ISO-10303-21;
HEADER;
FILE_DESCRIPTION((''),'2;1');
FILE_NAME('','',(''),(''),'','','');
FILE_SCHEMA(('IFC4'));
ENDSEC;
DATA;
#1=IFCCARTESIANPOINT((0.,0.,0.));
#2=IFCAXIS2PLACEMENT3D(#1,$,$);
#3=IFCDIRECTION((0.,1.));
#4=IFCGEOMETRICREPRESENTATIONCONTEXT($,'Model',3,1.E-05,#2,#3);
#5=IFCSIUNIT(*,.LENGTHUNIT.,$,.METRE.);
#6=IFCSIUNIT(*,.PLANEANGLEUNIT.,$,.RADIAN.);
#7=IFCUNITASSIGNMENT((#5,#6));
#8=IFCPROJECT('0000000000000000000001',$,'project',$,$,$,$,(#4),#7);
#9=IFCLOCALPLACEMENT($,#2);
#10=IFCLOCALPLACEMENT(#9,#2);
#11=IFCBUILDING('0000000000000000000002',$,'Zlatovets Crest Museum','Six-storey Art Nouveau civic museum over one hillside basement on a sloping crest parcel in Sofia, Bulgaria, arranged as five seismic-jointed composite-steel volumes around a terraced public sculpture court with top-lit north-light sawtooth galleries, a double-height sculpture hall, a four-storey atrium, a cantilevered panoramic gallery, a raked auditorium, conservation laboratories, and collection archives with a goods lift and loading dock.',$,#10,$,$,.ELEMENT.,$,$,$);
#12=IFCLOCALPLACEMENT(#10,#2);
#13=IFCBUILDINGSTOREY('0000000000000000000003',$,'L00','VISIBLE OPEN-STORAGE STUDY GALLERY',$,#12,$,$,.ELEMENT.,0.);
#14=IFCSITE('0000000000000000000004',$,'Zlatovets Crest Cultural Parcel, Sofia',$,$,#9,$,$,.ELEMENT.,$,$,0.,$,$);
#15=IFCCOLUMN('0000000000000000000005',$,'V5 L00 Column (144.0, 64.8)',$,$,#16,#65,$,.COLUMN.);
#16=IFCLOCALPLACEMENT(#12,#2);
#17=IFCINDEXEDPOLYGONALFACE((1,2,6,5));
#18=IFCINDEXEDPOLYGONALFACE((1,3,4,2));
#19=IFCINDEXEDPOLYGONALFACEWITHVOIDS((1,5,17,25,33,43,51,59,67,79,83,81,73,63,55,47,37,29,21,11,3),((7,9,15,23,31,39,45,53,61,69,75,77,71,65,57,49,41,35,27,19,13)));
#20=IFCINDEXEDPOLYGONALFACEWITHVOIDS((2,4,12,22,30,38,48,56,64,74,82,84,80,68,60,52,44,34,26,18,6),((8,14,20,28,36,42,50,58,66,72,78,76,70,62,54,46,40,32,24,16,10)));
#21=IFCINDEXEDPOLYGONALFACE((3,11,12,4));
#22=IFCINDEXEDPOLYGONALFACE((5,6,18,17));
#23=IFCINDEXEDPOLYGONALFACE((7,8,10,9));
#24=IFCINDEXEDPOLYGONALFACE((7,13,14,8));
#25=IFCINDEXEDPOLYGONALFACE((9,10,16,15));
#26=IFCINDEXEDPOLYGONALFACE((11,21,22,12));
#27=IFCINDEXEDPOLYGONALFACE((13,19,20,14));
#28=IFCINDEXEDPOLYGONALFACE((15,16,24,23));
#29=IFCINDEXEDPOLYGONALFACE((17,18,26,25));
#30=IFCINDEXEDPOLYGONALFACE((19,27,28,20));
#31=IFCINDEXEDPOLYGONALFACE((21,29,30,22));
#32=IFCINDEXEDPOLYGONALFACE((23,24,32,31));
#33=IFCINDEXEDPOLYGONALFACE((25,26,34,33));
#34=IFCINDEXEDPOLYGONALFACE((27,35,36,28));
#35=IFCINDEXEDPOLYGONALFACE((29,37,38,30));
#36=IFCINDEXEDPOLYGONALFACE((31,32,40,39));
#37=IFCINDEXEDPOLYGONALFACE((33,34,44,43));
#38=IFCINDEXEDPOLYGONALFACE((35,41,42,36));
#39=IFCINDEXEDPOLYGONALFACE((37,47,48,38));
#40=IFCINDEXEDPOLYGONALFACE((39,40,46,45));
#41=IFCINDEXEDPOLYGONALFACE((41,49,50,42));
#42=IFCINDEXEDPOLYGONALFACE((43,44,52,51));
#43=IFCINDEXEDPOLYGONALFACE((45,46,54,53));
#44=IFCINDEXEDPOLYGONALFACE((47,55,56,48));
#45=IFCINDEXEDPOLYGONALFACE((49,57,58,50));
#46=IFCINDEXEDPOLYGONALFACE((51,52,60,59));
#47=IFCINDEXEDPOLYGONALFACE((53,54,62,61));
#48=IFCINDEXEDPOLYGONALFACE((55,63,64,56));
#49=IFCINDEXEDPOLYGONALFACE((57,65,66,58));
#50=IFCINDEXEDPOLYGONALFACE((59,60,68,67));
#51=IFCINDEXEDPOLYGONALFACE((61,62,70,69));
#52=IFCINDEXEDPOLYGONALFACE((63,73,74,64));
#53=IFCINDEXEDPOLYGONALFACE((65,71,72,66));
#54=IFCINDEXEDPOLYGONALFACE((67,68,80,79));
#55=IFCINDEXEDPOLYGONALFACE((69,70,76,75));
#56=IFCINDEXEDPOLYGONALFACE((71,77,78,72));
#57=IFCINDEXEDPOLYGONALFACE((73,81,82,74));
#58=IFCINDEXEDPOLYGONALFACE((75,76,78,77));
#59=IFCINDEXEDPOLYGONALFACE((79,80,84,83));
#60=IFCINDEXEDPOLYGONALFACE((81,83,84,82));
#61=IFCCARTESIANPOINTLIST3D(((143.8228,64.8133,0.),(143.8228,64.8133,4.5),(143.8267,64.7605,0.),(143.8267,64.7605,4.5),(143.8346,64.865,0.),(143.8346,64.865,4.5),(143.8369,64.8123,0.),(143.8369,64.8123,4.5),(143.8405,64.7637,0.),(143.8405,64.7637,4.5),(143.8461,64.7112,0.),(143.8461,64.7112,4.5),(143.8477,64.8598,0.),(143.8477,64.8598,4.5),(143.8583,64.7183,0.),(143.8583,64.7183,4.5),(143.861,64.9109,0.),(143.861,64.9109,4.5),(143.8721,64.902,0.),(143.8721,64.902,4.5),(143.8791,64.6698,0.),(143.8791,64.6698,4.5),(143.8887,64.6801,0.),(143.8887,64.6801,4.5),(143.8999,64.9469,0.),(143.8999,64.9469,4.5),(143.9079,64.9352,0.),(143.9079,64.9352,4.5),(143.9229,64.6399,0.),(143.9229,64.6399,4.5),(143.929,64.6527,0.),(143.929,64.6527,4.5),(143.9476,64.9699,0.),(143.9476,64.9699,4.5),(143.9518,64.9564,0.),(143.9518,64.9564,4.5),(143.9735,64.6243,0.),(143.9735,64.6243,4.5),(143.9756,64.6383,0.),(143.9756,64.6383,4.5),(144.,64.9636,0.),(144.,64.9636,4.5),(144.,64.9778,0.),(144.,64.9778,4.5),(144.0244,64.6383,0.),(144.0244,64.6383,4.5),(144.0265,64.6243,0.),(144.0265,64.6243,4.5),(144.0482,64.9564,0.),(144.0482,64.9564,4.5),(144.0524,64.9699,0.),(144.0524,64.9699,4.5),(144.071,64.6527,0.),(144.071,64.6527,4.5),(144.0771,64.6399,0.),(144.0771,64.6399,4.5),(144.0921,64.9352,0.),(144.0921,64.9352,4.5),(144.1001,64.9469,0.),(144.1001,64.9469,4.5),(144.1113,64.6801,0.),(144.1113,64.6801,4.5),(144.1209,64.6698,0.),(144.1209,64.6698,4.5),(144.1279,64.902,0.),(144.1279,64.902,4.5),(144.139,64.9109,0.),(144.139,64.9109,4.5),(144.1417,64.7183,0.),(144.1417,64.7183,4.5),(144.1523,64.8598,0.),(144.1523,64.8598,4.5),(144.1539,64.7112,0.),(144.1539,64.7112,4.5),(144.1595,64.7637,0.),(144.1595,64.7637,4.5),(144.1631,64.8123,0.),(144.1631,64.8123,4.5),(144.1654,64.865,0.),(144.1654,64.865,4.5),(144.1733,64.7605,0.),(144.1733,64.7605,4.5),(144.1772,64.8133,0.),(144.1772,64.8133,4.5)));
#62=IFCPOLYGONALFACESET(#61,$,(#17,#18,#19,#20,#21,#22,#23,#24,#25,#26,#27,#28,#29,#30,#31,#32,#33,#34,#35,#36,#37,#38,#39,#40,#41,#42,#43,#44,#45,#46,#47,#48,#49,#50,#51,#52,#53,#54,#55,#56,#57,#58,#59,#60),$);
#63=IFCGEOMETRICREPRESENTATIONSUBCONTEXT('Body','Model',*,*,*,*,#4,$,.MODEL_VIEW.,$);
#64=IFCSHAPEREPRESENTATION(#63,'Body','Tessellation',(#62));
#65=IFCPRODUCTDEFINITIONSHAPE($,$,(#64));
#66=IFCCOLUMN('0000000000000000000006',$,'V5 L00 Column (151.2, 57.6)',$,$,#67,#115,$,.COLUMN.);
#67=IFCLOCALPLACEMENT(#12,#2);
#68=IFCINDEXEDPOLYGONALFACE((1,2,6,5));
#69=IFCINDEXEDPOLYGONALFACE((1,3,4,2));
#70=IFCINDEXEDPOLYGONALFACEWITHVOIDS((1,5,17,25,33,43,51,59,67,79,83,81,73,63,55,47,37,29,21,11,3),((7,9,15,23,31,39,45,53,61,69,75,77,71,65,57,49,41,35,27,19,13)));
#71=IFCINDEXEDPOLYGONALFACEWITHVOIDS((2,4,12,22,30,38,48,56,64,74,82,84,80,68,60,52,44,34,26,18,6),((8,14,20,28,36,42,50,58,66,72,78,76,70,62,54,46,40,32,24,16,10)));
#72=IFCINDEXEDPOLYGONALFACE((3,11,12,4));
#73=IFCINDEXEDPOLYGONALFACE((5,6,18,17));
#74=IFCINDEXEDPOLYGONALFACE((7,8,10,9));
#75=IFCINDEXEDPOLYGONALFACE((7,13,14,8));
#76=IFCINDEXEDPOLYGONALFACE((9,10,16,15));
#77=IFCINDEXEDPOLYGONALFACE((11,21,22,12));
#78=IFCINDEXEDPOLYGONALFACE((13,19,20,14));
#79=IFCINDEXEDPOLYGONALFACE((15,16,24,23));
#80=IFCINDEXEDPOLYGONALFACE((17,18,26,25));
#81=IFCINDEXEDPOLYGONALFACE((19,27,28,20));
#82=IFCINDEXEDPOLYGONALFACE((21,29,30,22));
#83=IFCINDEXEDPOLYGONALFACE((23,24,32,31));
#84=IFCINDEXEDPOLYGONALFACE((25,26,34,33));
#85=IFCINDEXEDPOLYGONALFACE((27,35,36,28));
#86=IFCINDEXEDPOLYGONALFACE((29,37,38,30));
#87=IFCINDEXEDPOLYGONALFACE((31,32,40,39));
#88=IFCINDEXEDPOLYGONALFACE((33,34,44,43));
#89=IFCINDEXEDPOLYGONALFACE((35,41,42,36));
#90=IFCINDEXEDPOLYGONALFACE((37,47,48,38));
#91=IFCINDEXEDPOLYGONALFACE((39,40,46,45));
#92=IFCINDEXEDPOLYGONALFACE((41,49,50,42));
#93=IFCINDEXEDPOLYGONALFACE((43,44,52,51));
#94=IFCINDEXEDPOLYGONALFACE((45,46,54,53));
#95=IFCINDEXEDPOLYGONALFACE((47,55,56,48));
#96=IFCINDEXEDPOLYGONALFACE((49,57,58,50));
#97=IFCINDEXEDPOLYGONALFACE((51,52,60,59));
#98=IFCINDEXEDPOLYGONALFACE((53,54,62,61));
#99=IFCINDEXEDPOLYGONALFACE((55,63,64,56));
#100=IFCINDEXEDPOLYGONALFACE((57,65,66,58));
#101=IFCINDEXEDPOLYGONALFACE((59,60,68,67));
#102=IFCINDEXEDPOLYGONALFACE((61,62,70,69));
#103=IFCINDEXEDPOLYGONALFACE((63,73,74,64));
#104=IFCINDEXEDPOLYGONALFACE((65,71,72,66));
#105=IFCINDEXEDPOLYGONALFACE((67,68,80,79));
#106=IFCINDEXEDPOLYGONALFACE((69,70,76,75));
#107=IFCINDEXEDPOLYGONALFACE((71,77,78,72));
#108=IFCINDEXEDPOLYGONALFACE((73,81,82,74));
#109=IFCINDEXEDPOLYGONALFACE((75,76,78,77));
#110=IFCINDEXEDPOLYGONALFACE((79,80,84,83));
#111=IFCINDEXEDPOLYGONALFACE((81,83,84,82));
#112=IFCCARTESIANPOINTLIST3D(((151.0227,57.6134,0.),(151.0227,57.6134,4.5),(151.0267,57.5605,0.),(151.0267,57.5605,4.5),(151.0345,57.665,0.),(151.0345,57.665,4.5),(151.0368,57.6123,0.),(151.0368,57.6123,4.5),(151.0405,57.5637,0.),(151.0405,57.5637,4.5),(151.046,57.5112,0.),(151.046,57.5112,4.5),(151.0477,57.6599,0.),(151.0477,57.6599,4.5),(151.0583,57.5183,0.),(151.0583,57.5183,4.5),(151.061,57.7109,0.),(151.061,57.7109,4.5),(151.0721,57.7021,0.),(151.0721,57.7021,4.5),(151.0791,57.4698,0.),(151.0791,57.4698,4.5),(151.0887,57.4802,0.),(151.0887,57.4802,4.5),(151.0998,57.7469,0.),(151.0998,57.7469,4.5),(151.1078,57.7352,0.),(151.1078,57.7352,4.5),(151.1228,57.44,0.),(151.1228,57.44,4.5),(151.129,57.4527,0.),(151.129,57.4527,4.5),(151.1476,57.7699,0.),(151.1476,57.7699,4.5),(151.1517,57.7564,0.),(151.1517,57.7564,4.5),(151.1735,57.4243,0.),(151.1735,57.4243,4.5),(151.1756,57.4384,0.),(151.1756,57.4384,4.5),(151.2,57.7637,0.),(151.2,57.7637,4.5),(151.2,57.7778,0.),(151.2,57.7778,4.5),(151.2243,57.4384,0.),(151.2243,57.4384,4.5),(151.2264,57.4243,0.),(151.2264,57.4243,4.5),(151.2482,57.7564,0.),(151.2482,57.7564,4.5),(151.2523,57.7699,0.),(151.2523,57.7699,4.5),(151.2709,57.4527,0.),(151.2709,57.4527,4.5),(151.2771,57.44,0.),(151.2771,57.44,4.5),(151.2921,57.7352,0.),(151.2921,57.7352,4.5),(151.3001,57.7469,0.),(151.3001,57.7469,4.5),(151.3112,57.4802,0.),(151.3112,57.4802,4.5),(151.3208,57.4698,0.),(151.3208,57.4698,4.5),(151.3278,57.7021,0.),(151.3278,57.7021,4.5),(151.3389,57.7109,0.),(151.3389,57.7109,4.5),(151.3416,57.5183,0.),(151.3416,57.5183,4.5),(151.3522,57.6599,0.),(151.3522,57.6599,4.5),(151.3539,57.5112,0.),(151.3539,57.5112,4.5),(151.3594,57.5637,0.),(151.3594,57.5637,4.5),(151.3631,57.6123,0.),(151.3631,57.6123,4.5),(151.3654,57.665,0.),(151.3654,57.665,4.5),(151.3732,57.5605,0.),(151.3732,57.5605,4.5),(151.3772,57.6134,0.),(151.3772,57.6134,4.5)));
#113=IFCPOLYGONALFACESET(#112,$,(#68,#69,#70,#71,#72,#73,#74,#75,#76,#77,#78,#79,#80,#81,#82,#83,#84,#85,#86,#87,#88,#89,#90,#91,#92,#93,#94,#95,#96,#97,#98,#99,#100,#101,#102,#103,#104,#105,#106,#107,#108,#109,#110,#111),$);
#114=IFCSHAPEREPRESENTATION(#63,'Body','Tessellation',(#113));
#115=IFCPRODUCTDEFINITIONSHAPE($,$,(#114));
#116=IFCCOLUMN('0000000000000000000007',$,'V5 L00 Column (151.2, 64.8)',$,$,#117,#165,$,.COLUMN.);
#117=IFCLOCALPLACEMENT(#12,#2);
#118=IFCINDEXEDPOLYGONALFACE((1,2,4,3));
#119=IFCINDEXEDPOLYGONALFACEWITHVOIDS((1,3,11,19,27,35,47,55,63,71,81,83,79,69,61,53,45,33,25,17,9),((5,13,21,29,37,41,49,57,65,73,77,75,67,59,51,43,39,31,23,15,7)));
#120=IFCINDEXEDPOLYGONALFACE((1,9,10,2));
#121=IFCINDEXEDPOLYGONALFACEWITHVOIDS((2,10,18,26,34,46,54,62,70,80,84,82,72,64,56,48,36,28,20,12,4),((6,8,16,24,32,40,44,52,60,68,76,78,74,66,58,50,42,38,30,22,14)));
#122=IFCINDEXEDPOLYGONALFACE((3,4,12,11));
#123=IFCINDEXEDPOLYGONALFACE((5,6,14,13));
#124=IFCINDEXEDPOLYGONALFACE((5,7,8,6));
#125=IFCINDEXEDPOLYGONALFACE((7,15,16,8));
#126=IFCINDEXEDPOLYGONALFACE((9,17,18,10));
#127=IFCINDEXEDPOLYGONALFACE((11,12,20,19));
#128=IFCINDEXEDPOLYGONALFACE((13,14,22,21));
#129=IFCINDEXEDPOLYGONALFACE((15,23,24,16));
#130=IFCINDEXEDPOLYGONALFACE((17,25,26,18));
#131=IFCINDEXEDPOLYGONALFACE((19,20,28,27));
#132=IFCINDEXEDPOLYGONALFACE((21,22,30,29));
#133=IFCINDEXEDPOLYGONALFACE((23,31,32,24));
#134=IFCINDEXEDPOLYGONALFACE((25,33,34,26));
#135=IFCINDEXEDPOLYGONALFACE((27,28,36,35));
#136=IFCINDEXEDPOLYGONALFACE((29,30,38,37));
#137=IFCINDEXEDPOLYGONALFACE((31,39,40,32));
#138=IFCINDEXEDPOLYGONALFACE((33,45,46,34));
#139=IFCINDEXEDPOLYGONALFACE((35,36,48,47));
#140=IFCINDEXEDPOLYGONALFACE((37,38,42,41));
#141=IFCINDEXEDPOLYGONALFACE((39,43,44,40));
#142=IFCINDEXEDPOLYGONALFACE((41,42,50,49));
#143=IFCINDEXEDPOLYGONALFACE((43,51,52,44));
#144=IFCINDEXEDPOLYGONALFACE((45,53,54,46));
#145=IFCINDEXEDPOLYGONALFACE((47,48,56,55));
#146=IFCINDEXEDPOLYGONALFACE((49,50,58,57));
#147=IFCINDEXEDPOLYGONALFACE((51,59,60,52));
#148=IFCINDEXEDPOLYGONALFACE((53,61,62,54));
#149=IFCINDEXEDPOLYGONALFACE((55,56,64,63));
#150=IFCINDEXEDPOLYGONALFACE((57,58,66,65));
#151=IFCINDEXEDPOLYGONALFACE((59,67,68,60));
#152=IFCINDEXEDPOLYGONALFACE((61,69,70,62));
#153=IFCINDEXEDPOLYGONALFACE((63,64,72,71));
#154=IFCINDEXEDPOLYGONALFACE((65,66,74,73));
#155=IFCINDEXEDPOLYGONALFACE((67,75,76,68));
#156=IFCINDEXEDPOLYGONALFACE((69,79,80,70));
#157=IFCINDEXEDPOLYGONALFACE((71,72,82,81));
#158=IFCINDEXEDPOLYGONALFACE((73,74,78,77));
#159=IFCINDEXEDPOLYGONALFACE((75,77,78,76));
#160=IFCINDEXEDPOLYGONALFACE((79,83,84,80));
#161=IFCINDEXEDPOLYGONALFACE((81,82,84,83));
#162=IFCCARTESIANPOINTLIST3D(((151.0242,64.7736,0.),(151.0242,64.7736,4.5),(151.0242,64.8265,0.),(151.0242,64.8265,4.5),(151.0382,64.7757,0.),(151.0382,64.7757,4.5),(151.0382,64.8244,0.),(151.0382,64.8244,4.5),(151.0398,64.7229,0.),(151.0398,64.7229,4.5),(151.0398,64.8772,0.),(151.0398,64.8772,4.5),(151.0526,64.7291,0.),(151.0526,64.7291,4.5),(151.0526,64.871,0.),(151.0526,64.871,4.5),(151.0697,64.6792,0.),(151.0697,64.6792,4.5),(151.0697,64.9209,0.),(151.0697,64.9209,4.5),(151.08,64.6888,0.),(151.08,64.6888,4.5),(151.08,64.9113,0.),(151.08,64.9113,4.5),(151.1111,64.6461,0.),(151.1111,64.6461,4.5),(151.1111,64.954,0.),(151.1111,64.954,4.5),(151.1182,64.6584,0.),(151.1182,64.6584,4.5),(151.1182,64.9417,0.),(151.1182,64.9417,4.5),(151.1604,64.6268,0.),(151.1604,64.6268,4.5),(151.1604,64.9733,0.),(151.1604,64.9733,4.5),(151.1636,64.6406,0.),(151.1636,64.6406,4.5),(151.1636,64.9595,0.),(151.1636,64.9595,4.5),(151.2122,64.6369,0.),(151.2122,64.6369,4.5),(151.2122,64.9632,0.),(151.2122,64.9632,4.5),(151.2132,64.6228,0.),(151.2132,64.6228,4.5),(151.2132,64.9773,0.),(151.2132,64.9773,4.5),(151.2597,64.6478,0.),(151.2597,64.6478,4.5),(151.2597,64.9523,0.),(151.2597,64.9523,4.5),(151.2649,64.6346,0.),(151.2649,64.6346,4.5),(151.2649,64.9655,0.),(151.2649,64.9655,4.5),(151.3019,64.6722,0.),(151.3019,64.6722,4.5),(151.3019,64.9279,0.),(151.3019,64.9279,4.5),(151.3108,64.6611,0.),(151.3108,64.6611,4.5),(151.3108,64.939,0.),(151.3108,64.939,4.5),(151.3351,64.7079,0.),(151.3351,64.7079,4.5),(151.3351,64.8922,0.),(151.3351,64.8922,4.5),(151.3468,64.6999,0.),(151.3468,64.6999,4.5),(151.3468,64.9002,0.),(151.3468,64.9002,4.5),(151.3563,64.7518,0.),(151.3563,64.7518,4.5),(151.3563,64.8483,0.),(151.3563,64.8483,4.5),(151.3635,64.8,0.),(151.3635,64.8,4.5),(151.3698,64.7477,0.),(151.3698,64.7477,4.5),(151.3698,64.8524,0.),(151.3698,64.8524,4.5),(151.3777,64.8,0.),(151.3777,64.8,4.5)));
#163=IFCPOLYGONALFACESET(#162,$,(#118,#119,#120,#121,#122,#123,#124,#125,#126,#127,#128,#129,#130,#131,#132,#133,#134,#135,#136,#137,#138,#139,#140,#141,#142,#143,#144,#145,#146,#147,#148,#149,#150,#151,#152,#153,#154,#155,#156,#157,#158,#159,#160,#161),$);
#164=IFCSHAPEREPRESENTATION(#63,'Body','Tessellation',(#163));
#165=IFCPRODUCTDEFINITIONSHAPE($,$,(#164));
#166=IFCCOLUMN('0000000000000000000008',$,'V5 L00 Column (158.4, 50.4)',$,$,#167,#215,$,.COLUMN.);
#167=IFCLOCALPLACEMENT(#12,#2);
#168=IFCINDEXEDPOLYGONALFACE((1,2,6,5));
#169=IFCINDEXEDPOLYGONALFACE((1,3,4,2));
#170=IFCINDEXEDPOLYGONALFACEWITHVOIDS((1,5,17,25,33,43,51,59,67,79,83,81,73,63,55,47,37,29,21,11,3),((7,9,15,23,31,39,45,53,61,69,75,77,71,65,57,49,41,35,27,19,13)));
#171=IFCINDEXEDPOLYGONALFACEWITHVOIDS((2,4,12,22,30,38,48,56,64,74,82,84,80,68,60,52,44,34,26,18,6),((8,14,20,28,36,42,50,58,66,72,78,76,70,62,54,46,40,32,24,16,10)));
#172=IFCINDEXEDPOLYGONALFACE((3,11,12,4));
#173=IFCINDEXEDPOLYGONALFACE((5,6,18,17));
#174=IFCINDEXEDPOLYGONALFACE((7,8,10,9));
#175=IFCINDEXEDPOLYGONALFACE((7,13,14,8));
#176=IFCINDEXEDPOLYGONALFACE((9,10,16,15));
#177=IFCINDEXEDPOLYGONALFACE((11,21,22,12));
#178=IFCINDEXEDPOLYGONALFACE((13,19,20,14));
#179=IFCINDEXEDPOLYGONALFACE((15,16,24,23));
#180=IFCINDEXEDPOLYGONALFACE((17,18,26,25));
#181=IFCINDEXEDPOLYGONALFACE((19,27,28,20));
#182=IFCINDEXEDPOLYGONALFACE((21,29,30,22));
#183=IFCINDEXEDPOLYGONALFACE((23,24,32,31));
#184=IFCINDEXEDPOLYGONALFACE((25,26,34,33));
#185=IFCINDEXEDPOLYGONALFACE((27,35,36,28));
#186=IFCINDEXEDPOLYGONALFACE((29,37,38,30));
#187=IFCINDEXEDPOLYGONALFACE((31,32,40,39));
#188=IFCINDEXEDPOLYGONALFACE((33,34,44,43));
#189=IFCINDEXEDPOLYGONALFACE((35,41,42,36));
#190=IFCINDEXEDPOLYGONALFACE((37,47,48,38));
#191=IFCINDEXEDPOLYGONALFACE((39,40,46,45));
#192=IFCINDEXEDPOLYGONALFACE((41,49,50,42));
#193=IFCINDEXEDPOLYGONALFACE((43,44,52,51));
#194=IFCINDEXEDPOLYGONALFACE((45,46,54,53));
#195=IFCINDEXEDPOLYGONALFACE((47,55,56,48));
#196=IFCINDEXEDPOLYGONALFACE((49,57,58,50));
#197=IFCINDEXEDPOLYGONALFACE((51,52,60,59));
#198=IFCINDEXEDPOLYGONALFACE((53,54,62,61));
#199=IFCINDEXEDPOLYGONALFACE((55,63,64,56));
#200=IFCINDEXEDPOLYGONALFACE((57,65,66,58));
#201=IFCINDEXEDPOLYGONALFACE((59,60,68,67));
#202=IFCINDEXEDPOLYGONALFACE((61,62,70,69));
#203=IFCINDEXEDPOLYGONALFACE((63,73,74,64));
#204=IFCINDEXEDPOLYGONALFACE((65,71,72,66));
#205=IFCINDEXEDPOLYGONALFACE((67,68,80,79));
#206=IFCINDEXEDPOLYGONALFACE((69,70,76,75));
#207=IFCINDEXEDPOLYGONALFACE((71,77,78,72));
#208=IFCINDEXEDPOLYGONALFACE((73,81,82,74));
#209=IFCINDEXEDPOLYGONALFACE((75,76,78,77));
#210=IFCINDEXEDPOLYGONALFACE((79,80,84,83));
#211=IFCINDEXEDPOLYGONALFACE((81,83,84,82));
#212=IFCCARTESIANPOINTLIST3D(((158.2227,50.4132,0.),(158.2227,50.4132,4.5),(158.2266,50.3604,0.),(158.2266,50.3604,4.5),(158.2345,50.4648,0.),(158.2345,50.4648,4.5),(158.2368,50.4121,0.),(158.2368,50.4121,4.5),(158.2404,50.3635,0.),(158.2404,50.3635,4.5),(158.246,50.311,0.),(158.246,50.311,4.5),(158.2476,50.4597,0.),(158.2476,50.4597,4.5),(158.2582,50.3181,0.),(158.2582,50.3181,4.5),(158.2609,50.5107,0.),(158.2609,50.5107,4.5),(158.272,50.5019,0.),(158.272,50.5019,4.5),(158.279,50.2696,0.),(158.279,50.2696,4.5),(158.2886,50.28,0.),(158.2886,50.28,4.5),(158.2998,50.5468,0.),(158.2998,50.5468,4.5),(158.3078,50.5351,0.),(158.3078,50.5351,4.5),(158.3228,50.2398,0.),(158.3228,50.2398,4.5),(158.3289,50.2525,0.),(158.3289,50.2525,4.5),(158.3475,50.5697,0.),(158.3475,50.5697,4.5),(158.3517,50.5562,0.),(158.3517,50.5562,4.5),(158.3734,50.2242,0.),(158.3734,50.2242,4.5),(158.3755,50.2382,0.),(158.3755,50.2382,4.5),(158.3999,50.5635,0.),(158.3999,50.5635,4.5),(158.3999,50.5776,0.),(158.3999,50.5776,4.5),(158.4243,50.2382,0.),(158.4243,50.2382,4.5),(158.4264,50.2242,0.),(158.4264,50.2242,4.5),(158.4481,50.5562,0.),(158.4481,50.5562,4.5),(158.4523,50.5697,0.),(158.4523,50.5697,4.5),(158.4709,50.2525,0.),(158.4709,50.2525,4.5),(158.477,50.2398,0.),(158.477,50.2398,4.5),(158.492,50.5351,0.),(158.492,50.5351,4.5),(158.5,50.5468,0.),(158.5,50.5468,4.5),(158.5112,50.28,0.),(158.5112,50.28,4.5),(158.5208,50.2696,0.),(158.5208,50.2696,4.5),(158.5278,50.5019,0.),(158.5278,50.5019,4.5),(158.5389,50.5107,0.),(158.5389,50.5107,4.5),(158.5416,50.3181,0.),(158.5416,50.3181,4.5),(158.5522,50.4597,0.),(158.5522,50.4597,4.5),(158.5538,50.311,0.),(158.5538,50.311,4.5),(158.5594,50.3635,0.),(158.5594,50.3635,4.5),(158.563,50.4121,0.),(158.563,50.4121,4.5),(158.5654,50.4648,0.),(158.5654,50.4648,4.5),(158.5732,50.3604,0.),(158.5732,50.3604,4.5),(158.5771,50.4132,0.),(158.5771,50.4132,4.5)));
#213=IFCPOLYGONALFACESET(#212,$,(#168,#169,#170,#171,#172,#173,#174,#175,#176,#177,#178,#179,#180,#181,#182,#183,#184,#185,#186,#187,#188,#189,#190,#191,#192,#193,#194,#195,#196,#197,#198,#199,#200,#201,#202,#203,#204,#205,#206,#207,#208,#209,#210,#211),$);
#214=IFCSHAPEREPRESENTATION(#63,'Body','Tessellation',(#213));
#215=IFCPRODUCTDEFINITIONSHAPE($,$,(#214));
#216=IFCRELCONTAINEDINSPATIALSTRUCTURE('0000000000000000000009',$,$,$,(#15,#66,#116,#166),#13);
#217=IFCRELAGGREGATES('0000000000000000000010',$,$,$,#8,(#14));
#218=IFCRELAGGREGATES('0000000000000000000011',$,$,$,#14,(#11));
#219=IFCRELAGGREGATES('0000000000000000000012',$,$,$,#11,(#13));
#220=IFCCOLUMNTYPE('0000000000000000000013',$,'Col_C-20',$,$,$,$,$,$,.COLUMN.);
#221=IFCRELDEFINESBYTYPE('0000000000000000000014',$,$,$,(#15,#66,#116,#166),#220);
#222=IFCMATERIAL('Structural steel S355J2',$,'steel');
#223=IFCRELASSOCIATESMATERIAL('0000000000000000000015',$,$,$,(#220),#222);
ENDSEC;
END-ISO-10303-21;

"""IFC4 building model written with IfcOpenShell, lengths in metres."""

from ifc_helpers import new_model, si_unit, direction, frame, origin, origin_2d, place, context, subcontext, project, spatial, hollow_circle, extrude, material, material_profile, profile_set, type_object, element, save


model = new_model("IFC4")

# Units and contexts
model_context = context("Model", 3, precision=1e-05, world=origin(), true_north=direction((0.0, 1.0)))
body_context = subcontext(model_context, "Body", "Model", "MODEL_VIEW")
ifc_project = project(units=[si_unit("LENGTHUNIT", "METRE"), si_unit("PLANEANGLEUNIT", "RADIAN")], contexts=[model_context])

# Site, building, storey
site_placement = place(None, origin())
site = spatial("IfcSite", under=ifc_project, at=site_placement, Name="Zlatovets Crest Cultural Parcel, Sofia", CompositionType="ELEMENT", RefElevation=0.0)
building_placement = place(site_placement, origin())
building = spatial("IfcBuilding", under=site, at=building_placement, Name="Zlatovets Crest Museum", Description="Six-storey Art Nouveau civic museum over one hillside basement on a sloping crest parcel in Sofia, Bulgaria, arranged as five seismic-jointed composite-steel volumes around a terraced public sculpture court with top-lit north-light sawtooth galleries, a double-height sculpture hall, a four-storey atrium, a cantilevered panoramic gallery, a raked auditorium, conservation laboratories, and collection archives with a goods lift and loading dock.", CompositionType="ELEMENT")
storey_placement = place(building_placement, origin())
storey = spatial("IfcBuildingStorey", under=building, at=storey_placement, Name="L00", Description="VISIBLE OPEN-STORAGE STUDY GALLERY", CompositionType="ELEMENT", Elevation=0.0)

# Columns
ifc_material = material(Name="Structural steel S355J2", Category="steel")
ifc_material_profile_1 = material_profile(ifc_material, hollow_circle(Radius=0.1777, WallThickness=0.0142, at=origin_2d()), Name="CHS 355.6x14.2")
ifc_profile_set_1 = profile_set([ifc_material_profile_1], Name="Structural steel S355J2")
column_type = type_object("IfcColumnType", Name="Col_C-20", PredefinedType="COLUMN", material=ifc_profile_set_1)
for number, where, z_axis, x_axis, name in (
    (1, (144.0, 64.8, 0.0), (0.0, 0.0, 1.0), (0.0, 1.0, 0.0), "V5 L00 Column (144.0, 64.8)"),
    (2, (151.2, 57.6001, 0.0), (0.0, 0.0, 1.0), (0.0, 1.0, 0.0), "V5 L00 Column (151.2, 57.6)"),
    (3, (151.2, 64.8, 0.0), (0.0, 0.0, 1.0), (1.0, 0.0, 0.0), "V5 L00 Column (151.2, 64.8)"),
    (4, (158.3999, 50.3999, 0.0), (0.0, 0.0, 1.0), (0.0, 1.0, 0.0), "V5 L00 Column (158.4, 50.4)"),
):
    element("IfcColumn", number, at=place(storey_placement, frame(where, z_axis=z_axis, x_axis=x_axis)), inside=storey, type_object=column_type, Name=name, PredefinedType="COLUMN", context=body_context, shape_type="SweptSolid", body=[
        extrude(hollow_circle(Radius=0.1777, WallThickness=0.0142, at=origin_2d()), origin(), (0.0, 0.0, 1.0), 4.5),
    ])

save(model, "model.ifc")
